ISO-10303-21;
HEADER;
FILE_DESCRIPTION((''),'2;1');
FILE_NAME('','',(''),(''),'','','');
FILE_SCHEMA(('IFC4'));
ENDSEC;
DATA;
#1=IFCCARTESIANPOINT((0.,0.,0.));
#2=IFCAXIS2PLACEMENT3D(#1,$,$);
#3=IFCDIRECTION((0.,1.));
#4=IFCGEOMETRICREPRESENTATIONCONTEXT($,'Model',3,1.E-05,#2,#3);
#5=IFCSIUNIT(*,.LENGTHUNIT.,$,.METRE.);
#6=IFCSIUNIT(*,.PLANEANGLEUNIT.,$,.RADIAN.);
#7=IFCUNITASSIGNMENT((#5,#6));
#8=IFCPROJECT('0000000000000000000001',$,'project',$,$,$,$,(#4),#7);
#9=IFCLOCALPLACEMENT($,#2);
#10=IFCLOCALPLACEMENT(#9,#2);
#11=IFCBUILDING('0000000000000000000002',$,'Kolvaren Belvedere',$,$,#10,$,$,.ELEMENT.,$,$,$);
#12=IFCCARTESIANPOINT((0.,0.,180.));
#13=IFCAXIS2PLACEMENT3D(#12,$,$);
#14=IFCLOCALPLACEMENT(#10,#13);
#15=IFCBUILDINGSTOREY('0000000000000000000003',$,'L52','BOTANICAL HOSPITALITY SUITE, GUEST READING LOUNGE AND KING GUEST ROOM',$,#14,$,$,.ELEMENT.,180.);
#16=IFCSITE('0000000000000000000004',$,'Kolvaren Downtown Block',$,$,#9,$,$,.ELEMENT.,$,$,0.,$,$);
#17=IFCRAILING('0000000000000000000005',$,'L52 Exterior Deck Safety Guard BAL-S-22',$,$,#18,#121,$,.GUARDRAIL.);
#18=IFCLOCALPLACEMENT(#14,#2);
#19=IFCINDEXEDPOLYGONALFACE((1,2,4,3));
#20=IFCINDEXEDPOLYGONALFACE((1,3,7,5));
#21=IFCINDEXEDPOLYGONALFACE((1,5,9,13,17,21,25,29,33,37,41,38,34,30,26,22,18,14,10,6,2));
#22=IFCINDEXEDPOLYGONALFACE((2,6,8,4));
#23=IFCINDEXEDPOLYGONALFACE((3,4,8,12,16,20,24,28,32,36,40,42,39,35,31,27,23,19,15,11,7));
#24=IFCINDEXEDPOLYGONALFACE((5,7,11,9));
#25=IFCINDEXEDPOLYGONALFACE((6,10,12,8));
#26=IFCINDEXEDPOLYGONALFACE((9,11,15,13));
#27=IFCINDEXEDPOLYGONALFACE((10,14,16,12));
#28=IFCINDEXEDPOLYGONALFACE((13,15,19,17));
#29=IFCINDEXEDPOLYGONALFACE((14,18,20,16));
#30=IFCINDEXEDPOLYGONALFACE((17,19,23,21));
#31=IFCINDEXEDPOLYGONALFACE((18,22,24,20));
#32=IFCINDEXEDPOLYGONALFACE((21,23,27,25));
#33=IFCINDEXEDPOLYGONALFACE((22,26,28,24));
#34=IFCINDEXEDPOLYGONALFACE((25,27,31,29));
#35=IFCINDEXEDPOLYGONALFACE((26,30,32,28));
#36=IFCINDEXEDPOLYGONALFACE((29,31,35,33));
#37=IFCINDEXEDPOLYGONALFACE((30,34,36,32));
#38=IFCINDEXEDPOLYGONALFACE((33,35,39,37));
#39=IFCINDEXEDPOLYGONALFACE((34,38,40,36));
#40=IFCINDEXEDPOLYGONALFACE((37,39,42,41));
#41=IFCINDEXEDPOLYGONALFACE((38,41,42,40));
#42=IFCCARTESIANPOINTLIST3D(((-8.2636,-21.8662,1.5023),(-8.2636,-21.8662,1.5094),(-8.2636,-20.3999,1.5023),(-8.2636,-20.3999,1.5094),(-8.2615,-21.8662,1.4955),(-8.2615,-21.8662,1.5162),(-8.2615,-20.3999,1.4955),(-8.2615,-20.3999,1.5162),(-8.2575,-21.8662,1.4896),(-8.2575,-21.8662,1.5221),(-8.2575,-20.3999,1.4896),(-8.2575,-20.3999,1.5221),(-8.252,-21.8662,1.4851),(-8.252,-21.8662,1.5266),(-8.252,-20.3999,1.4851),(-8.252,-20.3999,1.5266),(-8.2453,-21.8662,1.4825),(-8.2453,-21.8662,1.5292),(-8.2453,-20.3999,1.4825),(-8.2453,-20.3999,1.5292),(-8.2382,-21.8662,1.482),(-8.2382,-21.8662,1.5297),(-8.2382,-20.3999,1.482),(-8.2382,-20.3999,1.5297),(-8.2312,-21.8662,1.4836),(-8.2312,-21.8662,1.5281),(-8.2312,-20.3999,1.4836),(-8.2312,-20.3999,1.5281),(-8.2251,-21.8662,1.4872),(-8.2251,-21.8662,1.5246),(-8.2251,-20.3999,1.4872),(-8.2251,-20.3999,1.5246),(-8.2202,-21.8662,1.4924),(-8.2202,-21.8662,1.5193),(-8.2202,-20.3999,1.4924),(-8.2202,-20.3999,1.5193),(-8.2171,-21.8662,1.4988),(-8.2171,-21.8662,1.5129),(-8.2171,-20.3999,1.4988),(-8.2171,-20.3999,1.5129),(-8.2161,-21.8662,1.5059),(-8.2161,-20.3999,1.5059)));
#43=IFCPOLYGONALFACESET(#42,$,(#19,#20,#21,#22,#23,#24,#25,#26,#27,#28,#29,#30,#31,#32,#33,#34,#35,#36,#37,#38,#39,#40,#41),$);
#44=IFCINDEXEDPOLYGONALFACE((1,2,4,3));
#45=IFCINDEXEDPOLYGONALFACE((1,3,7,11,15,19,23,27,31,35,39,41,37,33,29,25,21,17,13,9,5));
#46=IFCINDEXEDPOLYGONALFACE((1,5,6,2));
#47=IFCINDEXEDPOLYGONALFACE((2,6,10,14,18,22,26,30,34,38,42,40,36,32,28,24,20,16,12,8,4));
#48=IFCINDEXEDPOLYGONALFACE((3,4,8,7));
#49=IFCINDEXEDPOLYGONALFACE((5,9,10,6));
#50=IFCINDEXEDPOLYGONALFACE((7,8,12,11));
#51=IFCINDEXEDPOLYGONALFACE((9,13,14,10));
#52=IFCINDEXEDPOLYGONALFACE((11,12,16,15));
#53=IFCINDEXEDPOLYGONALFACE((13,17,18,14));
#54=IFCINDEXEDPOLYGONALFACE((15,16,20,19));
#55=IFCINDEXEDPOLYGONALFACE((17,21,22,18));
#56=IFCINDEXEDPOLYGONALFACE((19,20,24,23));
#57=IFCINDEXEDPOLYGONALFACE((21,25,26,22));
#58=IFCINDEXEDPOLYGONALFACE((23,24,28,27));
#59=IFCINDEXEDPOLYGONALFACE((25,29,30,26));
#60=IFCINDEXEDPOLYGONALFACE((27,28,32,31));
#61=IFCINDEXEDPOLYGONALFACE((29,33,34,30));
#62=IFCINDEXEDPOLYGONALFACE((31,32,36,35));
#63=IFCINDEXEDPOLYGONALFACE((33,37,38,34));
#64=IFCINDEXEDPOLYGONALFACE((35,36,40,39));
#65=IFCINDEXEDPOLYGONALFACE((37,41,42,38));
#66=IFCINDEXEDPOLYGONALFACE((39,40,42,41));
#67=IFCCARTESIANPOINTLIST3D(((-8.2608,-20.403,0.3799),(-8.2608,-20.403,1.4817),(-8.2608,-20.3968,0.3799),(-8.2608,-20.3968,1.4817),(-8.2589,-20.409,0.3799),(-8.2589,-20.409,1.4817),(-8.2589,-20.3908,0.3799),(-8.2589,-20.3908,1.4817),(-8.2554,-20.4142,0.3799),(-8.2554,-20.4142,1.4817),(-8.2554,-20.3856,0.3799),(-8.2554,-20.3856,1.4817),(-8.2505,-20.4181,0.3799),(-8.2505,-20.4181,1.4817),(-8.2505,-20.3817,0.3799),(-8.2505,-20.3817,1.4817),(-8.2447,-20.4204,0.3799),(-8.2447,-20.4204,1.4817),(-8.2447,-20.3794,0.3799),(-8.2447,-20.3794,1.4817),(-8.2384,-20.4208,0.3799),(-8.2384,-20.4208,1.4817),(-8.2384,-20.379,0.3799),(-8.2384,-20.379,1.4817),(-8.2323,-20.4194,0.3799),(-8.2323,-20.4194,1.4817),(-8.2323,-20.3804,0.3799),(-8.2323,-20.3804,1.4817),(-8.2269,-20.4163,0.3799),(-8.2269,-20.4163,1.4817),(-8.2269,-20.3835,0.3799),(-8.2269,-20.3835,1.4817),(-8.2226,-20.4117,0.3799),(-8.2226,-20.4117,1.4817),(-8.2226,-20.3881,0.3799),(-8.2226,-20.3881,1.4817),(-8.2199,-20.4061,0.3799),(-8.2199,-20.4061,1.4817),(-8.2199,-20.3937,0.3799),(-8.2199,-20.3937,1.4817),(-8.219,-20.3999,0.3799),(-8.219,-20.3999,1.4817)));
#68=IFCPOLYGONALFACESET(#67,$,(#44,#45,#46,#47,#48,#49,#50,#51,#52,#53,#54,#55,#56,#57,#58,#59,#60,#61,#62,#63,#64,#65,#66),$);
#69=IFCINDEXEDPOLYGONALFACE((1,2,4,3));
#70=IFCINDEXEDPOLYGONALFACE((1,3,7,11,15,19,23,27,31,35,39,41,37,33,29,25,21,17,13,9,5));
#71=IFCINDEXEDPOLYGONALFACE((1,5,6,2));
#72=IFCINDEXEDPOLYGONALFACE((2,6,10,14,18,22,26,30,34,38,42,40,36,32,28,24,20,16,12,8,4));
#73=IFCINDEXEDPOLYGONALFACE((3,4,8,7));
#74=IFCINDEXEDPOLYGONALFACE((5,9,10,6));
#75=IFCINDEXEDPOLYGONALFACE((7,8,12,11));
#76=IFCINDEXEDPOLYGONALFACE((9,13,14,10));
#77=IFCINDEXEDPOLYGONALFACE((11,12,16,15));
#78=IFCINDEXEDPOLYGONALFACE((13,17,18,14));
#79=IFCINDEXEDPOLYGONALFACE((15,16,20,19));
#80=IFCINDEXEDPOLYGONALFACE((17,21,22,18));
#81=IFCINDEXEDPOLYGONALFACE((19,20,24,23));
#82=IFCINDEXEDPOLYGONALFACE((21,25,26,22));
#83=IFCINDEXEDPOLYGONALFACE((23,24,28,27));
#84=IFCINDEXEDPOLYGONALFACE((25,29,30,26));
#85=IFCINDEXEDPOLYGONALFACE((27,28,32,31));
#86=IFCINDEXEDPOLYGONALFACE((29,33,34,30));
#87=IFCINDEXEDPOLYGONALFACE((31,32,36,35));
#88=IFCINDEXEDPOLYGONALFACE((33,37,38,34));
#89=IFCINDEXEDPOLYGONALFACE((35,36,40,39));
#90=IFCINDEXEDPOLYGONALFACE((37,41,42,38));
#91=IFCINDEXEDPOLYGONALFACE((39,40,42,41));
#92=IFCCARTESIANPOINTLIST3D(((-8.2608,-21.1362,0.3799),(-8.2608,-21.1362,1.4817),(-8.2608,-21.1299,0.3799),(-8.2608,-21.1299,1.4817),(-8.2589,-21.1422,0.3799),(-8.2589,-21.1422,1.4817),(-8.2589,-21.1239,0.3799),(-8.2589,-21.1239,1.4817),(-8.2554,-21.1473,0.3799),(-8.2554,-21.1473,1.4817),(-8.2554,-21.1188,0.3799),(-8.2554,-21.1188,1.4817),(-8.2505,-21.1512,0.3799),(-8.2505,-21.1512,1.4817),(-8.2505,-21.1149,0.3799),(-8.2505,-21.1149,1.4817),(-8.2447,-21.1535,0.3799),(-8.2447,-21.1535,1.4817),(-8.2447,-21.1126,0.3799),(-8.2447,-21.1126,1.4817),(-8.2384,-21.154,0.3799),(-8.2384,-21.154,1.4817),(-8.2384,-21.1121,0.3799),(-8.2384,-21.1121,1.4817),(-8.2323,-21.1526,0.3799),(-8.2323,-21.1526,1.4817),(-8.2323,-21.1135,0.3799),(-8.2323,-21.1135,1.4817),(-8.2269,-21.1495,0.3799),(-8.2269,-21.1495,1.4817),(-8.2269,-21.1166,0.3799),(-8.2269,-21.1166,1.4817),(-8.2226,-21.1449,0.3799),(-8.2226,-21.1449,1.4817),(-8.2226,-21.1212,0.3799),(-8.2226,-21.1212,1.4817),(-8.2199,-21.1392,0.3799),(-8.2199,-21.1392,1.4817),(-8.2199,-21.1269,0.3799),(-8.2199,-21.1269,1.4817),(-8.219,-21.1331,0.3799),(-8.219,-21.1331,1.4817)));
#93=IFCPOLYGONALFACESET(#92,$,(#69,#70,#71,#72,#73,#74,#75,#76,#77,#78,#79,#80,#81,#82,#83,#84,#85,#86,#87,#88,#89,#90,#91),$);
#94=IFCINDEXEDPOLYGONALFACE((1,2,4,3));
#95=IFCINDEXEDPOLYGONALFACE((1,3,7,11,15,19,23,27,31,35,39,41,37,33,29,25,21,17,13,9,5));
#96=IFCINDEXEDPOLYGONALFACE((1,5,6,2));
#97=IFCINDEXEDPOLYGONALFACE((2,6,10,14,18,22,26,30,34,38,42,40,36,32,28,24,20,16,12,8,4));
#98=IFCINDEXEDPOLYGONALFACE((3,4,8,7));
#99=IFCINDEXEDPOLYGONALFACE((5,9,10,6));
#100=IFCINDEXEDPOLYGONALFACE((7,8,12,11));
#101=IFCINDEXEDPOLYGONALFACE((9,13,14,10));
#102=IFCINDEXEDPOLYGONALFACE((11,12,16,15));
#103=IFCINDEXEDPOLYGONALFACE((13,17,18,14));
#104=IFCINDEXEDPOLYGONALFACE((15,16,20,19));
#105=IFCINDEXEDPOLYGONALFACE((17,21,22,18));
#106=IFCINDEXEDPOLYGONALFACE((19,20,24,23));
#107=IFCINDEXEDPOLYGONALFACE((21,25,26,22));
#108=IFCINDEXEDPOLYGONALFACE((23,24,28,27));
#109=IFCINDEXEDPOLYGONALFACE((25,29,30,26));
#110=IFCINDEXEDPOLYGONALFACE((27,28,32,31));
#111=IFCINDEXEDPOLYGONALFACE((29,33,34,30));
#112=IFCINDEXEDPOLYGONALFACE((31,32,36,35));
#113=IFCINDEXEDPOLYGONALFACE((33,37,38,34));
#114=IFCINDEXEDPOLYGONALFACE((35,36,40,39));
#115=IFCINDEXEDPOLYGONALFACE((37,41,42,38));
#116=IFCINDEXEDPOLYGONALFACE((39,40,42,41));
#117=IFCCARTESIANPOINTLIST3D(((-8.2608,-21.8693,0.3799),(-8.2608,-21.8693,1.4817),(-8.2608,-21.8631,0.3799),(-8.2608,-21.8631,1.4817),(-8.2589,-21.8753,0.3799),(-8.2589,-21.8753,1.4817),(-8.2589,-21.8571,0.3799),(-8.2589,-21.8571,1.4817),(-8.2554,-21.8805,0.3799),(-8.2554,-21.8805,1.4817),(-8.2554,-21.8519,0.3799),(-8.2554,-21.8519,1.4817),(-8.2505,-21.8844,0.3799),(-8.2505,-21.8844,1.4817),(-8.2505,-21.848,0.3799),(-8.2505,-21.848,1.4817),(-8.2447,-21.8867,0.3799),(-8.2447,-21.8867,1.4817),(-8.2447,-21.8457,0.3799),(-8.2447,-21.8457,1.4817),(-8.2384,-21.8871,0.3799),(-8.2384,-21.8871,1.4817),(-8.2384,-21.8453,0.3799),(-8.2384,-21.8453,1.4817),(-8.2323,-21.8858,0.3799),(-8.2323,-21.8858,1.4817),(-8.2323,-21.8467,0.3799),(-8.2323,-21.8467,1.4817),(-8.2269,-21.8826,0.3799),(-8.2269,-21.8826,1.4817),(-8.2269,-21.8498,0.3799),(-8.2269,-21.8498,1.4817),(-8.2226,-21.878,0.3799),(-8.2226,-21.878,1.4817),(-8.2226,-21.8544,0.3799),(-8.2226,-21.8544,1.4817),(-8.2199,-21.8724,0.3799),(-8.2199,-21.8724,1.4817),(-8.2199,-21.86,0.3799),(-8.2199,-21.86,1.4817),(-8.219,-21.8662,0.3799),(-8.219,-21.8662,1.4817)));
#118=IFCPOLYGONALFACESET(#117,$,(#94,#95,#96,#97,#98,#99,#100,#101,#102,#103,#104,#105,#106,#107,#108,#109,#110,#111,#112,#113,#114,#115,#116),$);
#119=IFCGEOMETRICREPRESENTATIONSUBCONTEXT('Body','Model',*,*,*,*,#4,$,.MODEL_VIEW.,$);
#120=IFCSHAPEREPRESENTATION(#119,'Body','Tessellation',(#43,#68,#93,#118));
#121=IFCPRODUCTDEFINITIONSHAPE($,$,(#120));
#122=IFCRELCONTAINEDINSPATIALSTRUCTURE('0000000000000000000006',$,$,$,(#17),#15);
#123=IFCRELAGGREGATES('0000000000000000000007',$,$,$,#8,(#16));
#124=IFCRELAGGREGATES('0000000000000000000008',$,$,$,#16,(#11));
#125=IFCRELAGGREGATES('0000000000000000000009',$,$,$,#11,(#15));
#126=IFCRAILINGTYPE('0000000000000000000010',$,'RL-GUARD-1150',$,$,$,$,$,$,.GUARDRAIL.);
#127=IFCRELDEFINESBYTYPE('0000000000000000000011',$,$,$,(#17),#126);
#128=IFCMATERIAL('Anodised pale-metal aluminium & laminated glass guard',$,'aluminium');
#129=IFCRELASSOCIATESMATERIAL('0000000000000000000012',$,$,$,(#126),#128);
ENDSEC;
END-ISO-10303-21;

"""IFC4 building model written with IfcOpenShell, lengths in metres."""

from ifc_helpers import new_model, si_unit, direction, frame, origin, origin_2d, place, context, subcontext, project, spatial, circle, extrude, material, type_object, element, save


model = new_model("IFC4")

# Units and contexts
model_context = context("Model", 3, precision=1e-05, world=origin(), true_north=direction((0.0, 1.0)))
body_context = subcontext(model_context, "Body", "Model", "MODEL_VIEW")
ifc_project = project(units=[si_unit("LENGTHUNIT", "METRE"), si_unit("PLANEANGLEUNIT", "RADIAN")], contexts=[model_context])

# Site, building, storey
site_placement = place(None, origin())
site = spatial("IfcSite", under=ifc_project, at=site_placement, Name="Kolvaren Downtown Block", CompositionType="ELEMENT", RefElevation=0.0)
building_placement = place(site_placement, origin())
building = spatial("IfcBuilding", under=site, at=building_placement, Name="Kolvaren Belvedere", CompositionType="ELEMENT")
storey_placement = place(building_placement, frame((0.0, 0.0, 180.0)))
storey = spatial("IfcBuildingStorey", under=building, at=storey_placement, Name="L52", Description="BOTANICAL HOSPITALITY SUITE, GUEST READING LOUNGE AND KING GUEST ROOM", CompositionType="ELEMENT", Elevation=180.0)

# Railing
ifc_material_1 = material(Name="Anodised pale-metal aluminium & laminated glass guard", Category="aluminium")
railing_type = type_object("IfcRailingType", Name="RL-GUARD-1150", PredefinedType="GUARDRAIL", material=ifc_material_1)
railing_1_placement = place(storey_placement, frame((-8.24, -20.3999, 0.3799)))
element("IfcRailing", 1, at=railing_1_placement, inside=storey, type_object=railing_type, Name="L52 Exterior Deck Safety Guard BAL-S-22", PredefinedType="GUARDRAIL", context=body_context, shape_type="SweptSolid", body=[
    extrude(circle(Radius=0.0239, at=origin_2d()), frame((0.0, 0.0, 1.126), z_axis=(0.0, -1.0, 0.0), x_axis=(1.0, 0.0, 0.0)), (0.0, 0.0, 1.0), 1.4663),
    extrude(circle(Radius=0.021, at=origin_2d()), origin(), (0.0, 0.0, 1.0), 1.1018),
    extrude(circle(Radius=0.021, at=origin_2d()), frame((0.0, -0.7332, 0.0)), (0.0, 0.0, 1.0), 1.1018),
    extrude(circle(Radius=0.021, at=origin_2d()), frame((0.0, -1.4663, 0.0)), (0.0, 0.0, 1.0), 1.1018),
])

save(model, "model.ifc")
